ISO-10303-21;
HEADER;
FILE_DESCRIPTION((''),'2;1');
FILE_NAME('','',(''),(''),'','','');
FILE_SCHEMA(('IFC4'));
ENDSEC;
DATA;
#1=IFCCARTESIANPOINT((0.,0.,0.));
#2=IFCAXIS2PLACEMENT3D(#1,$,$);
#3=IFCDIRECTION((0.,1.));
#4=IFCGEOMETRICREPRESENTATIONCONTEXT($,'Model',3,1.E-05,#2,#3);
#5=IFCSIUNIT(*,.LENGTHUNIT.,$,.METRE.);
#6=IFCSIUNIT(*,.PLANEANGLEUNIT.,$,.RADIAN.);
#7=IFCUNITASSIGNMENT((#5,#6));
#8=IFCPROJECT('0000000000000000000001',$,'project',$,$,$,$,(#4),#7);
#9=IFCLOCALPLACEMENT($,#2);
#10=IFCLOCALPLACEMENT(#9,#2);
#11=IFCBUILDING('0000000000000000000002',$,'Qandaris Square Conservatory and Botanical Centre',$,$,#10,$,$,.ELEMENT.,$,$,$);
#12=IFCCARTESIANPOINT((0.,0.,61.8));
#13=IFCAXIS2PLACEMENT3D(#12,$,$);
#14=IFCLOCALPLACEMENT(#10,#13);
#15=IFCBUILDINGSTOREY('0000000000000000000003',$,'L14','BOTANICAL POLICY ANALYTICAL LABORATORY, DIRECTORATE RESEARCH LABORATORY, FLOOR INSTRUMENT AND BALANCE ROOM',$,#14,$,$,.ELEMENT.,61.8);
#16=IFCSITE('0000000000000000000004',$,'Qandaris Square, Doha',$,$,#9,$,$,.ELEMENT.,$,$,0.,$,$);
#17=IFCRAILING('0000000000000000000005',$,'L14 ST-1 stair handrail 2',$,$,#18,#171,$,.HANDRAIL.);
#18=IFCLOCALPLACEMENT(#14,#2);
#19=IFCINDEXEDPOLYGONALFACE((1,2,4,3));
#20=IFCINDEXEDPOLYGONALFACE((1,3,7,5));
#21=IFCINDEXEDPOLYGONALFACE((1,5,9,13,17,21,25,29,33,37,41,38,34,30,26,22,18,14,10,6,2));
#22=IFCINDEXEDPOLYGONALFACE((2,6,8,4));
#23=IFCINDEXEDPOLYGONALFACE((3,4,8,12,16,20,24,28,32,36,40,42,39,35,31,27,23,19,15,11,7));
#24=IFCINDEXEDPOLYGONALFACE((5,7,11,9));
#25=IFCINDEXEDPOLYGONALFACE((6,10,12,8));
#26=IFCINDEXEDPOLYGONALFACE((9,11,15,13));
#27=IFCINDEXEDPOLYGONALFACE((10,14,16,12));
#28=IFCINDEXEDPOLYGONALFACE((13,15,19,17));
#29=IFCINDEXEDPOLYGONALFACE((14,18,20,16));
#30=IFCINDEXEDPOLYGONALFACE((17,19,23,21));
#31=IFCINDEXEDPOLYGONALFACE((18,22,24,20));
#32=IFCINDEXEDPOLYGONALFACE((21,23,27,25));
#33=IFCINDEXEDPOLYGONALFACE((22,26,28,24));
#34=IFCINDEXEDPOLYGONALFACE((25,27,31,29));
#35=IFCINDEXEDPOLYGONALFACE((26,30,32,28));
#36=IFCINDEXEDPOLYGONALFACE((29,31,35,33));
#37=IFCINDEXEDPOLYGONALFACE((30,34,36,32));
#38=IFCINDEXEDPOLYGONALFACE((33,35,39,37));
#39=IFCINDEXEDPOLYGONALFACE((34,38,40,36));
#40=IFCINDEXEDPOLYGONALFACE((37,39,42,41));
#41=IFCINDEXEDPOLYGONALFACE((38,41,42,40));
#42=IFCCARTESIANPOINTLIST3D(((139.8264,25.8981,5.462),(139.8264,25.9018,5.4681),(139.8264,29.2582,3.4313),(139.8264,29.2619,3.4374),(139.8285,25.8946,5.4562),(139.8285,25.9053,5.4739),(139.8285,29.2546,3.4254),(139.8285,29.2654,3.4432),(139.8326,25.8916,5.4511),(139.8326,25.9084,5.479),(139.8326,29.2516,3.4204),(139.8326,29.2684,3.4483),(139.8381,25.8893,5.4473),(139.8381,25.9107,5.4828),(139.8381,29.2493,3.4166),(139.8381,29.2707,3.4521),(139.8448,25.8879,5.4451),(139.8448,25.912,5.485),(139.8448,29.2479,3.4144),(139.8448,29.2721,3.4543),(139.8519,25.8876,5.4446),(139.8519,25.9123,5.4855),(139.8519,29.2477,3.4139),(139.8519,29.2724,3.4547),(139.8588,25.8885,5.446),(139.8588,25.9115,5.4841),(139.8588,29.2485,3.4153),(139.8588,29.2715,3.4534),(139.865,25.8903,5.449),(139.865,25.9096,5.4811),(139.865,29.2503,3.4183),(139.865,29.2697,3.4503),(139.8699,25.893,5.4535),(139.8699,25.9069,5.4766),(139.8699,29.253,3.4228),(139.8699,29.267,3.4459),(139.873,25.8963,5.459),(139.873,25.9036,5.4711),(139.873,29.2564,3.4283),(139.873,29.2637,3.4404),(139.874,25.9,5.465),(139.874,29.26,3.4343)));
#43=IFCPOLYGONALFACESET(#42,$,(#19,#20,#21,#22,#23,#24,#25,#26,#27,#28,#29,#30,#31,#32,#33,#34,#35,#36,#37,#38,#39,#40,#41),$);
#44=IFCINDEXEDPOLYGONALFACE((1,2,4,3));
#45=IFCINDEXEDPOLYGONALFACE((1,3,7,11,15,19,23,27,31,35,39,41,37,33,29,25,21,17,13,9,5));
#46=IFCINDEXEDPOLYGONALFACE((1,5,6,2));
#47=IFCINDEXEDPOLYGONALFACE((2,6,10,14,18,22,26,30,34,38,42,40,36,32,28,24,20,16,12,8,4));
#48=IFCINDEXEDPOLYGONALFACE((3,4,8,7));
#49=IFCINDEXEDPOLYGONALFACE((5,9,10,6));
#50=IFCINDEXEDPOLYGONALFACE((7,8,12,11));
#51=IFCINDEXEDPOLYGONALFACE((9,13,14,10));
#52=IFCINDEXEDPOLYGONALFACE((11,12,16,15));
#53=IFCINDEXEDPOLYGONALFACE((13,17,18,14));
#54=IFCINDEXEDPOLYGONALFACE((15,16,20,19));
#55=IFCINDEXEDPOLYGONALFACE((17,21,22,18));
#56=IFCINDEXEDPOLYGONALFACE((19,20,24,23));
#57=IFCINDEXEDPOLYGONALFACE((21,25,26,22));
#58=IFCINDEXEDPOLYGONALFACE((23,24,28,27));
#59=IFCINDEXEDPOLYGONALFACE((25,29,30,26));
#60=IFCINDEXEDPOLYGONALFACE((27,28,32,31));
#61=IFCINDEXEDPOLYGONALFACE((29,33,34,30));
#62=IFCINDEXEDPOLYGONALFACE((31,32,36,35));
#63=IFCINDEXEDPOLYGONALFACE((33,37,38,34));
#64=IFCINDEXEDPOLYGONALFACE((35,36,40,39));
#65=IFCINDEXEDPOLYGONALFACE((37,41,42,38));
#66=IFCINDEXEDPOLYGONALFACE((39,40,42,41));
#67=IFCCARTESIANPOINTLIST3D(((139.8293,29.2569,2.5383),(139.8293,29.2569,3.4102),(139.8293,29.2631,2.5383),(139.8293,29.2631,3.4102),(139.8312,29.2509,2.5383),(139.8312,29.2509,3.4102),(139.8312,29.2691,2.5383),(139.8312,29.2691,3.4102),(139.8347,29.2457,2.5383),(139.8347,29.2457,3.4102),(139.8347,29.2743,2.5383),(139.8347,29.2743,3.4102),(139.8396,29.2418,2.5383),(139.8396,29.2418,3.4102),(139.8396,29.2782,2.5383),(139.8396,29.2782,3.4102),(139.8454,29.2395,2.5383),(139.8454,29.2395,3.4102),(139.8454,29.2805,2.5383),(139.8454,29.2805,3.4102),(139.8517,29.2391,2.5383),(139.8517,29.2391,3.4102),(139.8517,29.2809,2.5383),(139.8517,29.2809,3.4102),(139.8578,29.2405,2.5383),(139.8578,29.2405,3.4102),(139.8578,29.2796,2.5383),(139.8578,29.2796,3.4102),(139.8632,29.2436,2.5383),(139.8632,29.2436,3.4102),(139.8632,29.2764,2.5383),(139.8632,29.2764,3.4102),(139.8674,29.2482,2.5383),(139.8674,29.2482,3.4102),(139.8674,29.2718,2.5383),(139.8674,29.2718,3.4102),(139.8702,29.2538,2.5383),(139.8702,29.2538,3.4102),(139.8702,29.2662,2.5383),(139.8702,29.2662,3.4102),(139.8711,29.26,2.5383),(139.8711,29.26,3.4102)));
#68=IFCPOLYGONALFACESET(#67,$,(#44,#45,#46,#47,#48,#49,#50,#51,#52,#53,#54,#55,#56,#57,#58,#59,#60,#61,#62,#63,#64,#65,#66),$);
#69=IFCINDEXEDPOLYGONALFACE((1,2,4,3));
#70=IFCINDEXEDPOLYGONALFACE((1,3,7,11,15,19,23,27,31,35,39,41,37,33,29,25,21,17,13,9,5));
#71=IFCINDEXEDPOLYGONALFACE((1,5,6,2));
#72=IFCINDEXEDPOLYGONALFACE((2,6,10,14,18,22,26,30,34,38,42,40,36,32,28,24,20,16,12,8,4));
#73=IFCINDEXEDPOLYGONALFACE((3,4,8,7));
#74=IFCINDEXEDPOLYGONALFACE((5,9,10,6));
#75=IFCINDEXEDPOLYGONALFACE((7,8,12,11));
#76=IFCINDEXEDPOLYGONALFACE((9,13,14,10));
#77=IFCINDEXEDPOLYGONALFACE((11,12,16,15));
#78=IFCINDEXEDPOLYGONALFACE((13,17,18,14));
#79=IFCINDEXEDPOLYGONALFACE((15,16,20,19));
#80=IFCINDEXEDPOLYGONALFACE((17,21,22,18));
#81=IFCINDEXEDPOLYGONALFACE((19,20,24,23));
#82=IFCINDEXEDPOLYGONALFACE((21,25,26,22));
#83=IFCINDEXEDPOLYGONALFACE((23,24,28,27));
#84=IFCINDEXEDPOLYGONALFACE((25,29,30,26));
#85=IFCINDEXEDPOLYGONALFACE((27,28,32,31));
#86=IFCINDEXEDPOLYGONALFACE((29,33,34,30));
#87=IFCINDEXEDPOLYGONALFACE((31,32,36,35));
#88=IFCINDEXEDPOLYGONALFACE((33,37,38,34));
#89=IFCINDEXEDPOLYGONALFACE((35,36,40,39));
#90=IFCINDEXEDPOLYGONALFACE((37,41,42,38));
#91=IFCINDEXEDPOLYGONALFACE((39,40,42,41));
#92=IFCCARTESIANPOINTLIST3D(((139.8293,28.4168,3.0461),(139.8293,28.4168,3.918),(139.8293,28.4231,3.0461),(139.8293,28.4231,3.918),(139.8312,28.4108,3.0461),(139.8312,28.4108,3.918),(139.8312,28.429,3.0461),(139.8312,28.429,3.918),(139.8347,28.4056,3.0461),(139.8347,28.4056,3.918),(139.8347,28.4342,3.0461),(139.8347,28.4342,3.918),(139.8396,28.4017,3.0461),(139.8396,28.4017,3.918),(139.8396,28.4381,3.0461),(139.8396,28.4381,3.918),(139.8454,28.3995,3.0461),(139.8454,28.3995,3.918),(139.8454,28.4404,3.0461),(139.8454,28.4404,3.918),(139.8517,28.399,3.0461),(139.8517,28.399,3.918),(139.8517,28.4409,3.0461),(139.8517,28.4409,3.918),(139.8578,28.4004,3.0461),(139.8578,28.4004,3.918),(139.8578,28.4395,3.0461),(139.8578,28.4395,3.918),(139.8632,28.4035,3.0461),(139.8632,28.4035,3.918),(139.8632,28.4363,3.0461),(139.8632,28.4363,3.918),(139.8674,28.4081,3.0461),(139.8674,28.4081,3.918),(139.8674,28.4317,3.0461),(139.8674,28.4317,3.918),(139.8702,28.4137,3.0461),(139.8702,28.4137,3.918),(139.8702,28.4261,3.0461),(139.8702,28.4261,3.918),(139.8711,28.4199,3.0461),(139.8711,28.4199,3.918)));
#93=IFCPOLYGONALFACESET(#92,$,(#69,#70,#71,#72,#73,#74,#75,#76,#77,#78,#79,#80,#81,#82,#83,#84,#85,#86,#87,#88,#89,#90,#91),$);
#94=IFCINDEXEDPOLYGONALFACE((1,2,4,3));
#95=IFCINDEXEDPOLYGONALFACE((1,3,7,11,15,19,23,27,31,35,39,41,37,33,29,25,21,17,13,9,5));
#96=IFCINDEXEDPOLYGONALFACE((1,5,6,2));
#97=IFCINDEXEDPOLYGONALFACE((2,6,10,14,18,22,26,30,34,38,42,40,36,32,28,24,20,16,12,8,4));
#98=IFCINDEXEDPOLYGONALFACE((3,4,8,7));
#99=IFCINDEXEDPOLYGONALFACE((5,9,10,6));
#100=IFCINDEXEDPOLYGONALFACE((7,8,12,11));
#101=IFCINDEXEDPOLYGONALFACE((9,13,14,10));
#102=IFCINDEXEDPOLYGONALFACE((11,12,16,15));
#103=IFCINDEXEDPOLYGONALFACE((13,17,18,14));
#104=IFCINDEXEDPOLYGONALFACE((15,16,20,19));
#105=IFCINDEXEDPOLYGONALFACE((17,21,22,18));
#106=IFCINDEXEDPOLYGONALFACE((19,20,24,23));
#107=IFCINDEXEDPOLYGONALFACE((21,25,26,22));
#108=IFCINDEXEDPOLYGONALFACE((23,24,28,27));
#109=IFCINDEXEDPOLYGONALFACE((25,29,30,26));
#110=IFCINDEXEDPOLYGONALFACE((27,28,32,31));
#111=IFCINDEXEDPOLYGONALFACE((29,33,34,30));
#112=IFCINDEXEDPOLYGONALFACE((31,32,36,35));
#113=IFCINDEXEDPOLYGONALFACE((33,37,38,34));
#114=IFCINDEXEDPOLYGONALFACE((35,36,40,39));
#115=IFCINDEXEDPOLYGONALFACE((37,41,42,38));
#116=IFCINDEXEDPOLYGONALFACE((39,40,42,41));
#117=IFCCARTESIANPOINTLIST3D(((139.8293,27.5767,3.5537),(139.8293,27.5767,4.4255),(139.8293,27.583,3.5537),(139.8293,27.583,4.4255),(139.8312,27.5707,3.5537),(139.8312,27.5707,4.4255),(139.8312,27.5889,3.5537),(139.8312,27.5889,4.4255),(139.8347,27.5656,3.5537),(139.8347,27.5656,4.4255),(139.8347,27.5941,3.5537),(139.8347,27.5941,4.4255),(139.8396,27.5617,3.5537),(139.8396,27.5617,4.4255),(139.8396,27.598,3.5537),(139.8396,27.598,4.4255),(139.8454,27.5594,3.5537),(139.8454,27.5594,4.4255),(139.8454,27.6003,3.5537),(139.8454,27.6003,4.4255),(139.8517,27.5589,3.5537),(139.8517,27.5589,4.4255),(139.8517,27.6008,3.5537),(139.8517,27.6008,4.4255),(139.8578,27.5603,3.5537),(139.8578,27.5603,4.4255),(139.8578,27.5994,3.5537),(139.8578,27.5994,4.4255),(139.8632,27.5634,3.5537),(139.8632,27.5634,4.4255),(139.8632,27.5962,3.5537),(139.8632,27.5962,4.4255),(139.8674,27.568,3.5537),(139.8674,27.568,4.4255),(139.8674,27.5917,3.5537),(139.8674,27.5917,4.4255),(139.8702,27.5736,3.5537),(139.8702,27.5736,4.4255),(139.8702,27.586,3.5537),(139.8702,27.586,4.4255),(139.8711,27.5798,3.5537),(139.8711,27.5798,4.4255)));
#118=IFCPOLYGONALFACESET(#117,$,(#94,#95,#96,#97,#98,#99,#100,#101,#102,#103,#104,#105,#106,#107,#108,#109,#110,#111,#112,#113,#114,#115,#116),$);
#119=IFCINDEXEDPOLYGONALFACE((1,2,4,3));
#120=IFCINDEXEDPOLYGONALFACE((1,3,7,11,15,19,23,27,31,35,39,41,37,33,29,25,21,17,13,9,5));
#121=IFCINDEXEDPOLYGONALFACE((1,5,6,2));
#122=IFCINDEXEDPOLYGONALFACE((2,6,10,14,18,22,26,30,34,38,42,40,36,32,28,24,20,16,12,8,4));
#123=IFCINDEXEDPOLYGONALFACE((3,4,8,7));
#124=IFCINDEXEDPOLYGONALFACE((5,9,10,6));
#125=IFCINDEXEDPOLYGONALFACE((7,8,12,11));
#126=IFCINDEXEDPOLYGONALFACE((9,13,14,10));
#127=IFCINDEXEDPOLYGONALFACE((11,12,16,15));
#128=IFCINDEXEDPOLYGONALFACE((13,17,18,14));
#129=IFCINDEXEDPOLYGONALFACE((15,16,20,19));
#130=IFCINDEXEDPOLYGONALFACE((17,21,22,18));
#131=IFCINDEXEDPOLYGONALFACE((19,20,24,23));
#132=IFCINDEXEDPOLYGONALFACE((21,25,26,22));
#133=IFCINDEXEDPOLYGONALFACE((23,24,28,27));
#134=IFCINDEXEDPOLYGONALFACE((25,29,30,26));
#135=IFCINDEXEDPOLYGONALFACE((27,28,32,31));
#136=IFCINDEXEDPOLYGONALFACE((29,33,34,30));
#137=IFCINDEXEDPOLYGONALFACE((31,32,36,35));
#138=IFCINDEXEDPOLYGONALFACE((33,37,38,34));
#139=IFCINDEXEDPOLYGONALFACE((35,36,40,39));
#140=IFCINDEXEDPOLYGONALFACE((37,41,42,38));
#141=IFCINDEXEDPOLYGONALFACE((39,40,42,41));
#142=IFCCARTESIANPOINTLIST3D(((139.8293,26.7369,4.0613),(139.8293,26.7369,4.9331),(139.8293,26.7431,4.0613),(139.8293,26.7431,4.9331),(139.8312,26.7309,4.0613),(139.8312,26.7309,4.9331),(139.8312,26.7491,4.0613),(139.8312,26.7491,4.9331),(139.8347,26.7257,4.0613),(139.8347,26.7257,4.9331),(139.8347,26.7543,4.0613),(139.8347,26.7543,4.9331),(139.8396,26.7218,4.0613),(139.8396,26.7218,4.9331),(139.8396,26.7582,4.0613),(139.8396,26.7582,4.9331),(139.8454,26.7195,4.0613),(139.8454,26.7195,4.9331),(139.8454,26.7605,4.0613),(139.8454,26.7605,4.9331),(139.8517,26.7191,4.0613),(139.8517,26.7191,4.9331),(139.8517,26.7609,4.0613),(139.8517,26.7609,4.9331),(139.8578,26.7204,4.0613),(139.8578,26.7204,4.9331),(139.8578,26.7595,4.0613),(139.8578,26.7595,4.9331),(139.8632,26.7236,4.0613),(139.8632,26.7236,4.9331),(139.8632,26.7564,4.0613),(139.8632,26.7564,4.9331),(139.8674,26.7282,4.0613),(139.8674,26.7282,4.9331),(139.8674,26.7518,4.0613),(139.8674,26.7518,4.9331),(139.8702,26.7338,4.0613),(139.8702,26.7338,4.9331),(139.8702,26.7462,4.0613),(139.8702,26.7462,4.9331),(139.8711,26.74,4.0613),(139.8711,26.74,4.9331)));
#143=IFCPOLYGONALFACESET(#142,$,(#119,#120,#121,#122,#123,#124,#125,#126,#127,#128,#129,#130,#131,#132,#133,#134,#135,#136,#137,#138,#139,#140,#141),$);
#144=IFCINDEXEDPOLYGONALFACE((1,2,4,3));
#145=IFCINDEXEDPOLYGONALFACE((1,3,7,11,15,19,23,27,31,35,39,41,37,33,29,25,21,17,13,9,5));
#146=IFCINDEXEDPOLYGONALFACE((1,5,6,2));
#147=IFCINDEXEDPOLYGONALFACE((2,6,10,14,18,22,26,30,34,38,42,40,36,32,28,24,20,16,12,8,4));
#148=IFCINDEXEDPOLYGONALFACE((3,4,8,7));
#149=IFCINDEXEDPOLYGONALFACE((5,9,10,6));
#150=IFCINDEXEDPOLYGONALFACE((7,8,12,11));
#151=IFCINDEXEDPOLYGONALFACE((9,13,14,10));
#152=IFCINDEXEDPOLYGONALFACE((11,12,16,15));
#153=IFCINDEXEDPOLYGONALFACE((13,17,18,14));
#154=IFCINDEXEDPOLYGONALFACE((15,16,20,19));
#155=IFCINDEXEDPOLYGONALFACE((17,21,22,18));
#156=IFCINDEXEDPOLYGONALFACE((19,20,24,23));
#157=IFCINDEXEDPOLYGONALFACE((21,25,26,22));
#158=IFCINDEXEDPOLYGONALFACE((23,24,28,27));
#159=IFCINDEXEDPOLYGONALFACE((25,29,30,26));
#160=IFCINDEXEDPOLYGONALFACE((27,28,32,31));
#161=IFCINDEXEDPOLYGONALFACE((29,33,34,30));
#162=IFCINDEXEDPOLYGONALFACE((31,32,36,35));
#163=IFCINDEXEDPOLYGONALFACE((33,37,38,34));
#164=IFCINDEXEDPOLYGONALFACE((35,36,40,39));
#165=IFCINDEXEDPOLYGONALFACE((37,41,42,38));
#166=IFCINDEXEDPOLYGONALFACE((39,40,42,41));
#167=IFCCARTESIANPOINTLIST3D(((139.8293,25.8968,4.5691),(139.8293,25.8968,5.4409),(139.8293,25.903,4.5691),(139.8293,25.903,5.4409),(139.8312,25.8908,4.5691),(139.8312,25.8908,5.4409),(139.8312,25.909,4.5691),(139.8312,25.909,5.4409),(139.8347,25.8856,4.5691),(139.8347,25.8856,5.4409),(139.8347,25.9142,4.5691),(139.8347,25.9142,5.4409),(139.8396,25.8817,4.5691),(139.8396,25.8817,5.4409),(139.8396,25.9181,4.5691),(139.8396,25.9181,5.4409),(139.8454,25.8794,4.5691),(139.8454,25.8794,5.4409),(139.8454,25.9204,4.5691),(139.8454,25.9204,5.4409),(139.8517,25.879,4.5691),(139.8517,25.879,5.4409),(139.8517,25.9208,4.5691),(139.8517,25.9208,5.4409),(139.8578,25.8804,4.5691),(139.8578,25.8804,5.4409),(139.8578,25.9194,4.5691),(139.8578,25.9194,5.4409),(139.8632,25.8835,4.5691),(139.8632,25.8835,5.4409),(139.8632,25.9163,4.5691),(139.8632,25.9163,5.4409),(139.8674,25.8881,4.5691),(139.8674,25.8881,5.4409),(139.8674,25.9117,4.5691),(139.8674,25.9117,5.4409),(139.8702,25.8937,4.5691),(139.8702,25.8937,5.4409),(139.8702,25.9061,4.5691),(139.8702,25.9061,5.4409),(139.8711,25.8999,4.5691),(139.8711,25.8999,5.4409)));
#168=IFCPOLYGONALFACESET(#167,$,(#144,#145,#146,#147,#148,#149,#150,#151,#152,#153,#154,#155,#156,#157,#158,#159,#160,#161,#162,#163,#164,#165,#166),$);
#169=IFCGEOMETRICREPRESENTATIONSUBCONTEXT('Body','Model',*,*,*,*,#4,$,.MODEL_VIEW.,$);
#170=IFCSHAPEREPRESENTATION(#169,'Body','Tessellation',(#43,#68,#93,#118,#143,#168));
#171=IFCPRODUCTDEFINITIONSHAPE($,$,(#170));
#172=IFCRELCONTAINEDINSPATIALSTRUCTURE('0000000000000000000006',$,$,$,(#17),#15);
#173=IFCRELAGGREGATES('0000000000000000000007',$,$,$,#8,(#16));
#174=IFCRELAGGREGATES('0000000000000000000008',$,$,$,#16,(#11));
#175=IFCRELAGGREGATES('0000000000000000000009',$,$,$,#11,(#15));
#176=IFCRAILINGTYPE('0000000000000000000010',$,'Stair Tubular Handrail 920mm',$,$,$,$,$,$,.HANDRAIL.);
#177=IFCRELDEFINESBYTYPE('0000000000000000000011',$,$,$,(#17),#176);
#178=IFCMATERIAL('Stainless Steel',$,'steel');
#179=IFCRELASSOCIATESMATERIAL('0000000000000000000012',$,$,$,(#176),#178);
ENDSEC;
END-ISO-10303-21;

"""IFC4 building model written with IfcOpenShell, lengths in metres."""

from ifc_helpers import new_model, si_unit, direction, frame, origin, origin_2d, place, context, subcontext, project, spatial, circle, extrude, material, type_object, element, save


model = new_model("IFC4")

# Units and contexts
model_context = context("Model", 3, precision=1e-05, world=origin(), true_north=direction((0.0, 1.0)))
body_context = subcontext(model_context, "Body", "Model", "MODEL_VIEW")
ifc_project = project(units=[si_unit("LENGTHUNIT", "METRE"), si_unit("PLANEANGLEUNIT", "RADIAN")], contexts=[model_context])

# Site, building, storey
site_placement = place(None, origin())
site = spatial("IfcSite", under=ifc_project, at=site_placement, Name="Qandaris Square, Doha", CompositionType="ELEMENT", RefElevation=0.0)
building_placement = place(site_placement, origin())
building = spatial("IfcBuilding", under=site, at=building_placement, Name="Qandaris Square Conservatory and Botanical Centre", CompositionType="ELEMENT")
storey_placement = place(building_placement, frame((0.0, 0.0, 61.8)))
storey = spatial("IfcBuildingStorey", under=building, at=storey_placement, Name="L14", Description="BOTANICAL POLICY ANALYTICAL LABORATORY, DIRECTORATE RESEARCH LABORATORY, FLOOR INSTRUMENT AND BALANCE ROOM", CompositionType="ELEMENT", Elevation=61.8)

# Railing
ifc_material_1 = material(Name="Stainless Steel", Category="steel")
railing_type_1 = type_object("IfcRailingType", Name="Stair Tubular Handrail 920mm", PredefinedType="HANDRAIL", material=ifc_material_1)
railing_1_placement = place(storey_placement, frame((139.8501, 29.26, 2.5383)))
element("IfcRailing", 1, at=railing_1_placement, inside=storey, type_object=railing_type_1, Name="L14 ST-1 stair handrail 2", PredefinedType="HANDRAIL", context=body_context, shape_type="SweptSolid", body=[
    extrude(circle(Radius=0.0239, at=origin_2d()), frame((0.0, 0.0, 0.896), z_axis=(0.0, -0.855837, 0.517246), x_axis=(1.0, 0.0, 0.0)), (0.0, 0.0, 1.0), 3.926),
    extrude(circle(Radius=0.021, at=origin_2d()), origin(), (0.0, 0.0, 1.0), 0.8718),
    extrude(circle(Radius=0.021, at=origin_2d()), frame((0.0, -0.8401, 0.5078)), (0.0, 0.0, 1.0), 0.8718),
    extrude(circle(Radius=0.021, at=origin_2d()), frame((0.0, -1.6802, 1.0154)), (0.0, 0.0, 1.0), 0.8718),
    extrude(circle(Radius=0.021, at=origin_2d()), frame((0.0, -2.52, 1.5229)), (0.0, 0.0, 1.0), 0.8718),
    extrude(circle(Radius=0.021, at=origin_2d()), frame((0.0, -3.3601, 2.0308)), (0.0, 0.0, 1.0), 0.8718),
])

save(model, "model.ifc")
